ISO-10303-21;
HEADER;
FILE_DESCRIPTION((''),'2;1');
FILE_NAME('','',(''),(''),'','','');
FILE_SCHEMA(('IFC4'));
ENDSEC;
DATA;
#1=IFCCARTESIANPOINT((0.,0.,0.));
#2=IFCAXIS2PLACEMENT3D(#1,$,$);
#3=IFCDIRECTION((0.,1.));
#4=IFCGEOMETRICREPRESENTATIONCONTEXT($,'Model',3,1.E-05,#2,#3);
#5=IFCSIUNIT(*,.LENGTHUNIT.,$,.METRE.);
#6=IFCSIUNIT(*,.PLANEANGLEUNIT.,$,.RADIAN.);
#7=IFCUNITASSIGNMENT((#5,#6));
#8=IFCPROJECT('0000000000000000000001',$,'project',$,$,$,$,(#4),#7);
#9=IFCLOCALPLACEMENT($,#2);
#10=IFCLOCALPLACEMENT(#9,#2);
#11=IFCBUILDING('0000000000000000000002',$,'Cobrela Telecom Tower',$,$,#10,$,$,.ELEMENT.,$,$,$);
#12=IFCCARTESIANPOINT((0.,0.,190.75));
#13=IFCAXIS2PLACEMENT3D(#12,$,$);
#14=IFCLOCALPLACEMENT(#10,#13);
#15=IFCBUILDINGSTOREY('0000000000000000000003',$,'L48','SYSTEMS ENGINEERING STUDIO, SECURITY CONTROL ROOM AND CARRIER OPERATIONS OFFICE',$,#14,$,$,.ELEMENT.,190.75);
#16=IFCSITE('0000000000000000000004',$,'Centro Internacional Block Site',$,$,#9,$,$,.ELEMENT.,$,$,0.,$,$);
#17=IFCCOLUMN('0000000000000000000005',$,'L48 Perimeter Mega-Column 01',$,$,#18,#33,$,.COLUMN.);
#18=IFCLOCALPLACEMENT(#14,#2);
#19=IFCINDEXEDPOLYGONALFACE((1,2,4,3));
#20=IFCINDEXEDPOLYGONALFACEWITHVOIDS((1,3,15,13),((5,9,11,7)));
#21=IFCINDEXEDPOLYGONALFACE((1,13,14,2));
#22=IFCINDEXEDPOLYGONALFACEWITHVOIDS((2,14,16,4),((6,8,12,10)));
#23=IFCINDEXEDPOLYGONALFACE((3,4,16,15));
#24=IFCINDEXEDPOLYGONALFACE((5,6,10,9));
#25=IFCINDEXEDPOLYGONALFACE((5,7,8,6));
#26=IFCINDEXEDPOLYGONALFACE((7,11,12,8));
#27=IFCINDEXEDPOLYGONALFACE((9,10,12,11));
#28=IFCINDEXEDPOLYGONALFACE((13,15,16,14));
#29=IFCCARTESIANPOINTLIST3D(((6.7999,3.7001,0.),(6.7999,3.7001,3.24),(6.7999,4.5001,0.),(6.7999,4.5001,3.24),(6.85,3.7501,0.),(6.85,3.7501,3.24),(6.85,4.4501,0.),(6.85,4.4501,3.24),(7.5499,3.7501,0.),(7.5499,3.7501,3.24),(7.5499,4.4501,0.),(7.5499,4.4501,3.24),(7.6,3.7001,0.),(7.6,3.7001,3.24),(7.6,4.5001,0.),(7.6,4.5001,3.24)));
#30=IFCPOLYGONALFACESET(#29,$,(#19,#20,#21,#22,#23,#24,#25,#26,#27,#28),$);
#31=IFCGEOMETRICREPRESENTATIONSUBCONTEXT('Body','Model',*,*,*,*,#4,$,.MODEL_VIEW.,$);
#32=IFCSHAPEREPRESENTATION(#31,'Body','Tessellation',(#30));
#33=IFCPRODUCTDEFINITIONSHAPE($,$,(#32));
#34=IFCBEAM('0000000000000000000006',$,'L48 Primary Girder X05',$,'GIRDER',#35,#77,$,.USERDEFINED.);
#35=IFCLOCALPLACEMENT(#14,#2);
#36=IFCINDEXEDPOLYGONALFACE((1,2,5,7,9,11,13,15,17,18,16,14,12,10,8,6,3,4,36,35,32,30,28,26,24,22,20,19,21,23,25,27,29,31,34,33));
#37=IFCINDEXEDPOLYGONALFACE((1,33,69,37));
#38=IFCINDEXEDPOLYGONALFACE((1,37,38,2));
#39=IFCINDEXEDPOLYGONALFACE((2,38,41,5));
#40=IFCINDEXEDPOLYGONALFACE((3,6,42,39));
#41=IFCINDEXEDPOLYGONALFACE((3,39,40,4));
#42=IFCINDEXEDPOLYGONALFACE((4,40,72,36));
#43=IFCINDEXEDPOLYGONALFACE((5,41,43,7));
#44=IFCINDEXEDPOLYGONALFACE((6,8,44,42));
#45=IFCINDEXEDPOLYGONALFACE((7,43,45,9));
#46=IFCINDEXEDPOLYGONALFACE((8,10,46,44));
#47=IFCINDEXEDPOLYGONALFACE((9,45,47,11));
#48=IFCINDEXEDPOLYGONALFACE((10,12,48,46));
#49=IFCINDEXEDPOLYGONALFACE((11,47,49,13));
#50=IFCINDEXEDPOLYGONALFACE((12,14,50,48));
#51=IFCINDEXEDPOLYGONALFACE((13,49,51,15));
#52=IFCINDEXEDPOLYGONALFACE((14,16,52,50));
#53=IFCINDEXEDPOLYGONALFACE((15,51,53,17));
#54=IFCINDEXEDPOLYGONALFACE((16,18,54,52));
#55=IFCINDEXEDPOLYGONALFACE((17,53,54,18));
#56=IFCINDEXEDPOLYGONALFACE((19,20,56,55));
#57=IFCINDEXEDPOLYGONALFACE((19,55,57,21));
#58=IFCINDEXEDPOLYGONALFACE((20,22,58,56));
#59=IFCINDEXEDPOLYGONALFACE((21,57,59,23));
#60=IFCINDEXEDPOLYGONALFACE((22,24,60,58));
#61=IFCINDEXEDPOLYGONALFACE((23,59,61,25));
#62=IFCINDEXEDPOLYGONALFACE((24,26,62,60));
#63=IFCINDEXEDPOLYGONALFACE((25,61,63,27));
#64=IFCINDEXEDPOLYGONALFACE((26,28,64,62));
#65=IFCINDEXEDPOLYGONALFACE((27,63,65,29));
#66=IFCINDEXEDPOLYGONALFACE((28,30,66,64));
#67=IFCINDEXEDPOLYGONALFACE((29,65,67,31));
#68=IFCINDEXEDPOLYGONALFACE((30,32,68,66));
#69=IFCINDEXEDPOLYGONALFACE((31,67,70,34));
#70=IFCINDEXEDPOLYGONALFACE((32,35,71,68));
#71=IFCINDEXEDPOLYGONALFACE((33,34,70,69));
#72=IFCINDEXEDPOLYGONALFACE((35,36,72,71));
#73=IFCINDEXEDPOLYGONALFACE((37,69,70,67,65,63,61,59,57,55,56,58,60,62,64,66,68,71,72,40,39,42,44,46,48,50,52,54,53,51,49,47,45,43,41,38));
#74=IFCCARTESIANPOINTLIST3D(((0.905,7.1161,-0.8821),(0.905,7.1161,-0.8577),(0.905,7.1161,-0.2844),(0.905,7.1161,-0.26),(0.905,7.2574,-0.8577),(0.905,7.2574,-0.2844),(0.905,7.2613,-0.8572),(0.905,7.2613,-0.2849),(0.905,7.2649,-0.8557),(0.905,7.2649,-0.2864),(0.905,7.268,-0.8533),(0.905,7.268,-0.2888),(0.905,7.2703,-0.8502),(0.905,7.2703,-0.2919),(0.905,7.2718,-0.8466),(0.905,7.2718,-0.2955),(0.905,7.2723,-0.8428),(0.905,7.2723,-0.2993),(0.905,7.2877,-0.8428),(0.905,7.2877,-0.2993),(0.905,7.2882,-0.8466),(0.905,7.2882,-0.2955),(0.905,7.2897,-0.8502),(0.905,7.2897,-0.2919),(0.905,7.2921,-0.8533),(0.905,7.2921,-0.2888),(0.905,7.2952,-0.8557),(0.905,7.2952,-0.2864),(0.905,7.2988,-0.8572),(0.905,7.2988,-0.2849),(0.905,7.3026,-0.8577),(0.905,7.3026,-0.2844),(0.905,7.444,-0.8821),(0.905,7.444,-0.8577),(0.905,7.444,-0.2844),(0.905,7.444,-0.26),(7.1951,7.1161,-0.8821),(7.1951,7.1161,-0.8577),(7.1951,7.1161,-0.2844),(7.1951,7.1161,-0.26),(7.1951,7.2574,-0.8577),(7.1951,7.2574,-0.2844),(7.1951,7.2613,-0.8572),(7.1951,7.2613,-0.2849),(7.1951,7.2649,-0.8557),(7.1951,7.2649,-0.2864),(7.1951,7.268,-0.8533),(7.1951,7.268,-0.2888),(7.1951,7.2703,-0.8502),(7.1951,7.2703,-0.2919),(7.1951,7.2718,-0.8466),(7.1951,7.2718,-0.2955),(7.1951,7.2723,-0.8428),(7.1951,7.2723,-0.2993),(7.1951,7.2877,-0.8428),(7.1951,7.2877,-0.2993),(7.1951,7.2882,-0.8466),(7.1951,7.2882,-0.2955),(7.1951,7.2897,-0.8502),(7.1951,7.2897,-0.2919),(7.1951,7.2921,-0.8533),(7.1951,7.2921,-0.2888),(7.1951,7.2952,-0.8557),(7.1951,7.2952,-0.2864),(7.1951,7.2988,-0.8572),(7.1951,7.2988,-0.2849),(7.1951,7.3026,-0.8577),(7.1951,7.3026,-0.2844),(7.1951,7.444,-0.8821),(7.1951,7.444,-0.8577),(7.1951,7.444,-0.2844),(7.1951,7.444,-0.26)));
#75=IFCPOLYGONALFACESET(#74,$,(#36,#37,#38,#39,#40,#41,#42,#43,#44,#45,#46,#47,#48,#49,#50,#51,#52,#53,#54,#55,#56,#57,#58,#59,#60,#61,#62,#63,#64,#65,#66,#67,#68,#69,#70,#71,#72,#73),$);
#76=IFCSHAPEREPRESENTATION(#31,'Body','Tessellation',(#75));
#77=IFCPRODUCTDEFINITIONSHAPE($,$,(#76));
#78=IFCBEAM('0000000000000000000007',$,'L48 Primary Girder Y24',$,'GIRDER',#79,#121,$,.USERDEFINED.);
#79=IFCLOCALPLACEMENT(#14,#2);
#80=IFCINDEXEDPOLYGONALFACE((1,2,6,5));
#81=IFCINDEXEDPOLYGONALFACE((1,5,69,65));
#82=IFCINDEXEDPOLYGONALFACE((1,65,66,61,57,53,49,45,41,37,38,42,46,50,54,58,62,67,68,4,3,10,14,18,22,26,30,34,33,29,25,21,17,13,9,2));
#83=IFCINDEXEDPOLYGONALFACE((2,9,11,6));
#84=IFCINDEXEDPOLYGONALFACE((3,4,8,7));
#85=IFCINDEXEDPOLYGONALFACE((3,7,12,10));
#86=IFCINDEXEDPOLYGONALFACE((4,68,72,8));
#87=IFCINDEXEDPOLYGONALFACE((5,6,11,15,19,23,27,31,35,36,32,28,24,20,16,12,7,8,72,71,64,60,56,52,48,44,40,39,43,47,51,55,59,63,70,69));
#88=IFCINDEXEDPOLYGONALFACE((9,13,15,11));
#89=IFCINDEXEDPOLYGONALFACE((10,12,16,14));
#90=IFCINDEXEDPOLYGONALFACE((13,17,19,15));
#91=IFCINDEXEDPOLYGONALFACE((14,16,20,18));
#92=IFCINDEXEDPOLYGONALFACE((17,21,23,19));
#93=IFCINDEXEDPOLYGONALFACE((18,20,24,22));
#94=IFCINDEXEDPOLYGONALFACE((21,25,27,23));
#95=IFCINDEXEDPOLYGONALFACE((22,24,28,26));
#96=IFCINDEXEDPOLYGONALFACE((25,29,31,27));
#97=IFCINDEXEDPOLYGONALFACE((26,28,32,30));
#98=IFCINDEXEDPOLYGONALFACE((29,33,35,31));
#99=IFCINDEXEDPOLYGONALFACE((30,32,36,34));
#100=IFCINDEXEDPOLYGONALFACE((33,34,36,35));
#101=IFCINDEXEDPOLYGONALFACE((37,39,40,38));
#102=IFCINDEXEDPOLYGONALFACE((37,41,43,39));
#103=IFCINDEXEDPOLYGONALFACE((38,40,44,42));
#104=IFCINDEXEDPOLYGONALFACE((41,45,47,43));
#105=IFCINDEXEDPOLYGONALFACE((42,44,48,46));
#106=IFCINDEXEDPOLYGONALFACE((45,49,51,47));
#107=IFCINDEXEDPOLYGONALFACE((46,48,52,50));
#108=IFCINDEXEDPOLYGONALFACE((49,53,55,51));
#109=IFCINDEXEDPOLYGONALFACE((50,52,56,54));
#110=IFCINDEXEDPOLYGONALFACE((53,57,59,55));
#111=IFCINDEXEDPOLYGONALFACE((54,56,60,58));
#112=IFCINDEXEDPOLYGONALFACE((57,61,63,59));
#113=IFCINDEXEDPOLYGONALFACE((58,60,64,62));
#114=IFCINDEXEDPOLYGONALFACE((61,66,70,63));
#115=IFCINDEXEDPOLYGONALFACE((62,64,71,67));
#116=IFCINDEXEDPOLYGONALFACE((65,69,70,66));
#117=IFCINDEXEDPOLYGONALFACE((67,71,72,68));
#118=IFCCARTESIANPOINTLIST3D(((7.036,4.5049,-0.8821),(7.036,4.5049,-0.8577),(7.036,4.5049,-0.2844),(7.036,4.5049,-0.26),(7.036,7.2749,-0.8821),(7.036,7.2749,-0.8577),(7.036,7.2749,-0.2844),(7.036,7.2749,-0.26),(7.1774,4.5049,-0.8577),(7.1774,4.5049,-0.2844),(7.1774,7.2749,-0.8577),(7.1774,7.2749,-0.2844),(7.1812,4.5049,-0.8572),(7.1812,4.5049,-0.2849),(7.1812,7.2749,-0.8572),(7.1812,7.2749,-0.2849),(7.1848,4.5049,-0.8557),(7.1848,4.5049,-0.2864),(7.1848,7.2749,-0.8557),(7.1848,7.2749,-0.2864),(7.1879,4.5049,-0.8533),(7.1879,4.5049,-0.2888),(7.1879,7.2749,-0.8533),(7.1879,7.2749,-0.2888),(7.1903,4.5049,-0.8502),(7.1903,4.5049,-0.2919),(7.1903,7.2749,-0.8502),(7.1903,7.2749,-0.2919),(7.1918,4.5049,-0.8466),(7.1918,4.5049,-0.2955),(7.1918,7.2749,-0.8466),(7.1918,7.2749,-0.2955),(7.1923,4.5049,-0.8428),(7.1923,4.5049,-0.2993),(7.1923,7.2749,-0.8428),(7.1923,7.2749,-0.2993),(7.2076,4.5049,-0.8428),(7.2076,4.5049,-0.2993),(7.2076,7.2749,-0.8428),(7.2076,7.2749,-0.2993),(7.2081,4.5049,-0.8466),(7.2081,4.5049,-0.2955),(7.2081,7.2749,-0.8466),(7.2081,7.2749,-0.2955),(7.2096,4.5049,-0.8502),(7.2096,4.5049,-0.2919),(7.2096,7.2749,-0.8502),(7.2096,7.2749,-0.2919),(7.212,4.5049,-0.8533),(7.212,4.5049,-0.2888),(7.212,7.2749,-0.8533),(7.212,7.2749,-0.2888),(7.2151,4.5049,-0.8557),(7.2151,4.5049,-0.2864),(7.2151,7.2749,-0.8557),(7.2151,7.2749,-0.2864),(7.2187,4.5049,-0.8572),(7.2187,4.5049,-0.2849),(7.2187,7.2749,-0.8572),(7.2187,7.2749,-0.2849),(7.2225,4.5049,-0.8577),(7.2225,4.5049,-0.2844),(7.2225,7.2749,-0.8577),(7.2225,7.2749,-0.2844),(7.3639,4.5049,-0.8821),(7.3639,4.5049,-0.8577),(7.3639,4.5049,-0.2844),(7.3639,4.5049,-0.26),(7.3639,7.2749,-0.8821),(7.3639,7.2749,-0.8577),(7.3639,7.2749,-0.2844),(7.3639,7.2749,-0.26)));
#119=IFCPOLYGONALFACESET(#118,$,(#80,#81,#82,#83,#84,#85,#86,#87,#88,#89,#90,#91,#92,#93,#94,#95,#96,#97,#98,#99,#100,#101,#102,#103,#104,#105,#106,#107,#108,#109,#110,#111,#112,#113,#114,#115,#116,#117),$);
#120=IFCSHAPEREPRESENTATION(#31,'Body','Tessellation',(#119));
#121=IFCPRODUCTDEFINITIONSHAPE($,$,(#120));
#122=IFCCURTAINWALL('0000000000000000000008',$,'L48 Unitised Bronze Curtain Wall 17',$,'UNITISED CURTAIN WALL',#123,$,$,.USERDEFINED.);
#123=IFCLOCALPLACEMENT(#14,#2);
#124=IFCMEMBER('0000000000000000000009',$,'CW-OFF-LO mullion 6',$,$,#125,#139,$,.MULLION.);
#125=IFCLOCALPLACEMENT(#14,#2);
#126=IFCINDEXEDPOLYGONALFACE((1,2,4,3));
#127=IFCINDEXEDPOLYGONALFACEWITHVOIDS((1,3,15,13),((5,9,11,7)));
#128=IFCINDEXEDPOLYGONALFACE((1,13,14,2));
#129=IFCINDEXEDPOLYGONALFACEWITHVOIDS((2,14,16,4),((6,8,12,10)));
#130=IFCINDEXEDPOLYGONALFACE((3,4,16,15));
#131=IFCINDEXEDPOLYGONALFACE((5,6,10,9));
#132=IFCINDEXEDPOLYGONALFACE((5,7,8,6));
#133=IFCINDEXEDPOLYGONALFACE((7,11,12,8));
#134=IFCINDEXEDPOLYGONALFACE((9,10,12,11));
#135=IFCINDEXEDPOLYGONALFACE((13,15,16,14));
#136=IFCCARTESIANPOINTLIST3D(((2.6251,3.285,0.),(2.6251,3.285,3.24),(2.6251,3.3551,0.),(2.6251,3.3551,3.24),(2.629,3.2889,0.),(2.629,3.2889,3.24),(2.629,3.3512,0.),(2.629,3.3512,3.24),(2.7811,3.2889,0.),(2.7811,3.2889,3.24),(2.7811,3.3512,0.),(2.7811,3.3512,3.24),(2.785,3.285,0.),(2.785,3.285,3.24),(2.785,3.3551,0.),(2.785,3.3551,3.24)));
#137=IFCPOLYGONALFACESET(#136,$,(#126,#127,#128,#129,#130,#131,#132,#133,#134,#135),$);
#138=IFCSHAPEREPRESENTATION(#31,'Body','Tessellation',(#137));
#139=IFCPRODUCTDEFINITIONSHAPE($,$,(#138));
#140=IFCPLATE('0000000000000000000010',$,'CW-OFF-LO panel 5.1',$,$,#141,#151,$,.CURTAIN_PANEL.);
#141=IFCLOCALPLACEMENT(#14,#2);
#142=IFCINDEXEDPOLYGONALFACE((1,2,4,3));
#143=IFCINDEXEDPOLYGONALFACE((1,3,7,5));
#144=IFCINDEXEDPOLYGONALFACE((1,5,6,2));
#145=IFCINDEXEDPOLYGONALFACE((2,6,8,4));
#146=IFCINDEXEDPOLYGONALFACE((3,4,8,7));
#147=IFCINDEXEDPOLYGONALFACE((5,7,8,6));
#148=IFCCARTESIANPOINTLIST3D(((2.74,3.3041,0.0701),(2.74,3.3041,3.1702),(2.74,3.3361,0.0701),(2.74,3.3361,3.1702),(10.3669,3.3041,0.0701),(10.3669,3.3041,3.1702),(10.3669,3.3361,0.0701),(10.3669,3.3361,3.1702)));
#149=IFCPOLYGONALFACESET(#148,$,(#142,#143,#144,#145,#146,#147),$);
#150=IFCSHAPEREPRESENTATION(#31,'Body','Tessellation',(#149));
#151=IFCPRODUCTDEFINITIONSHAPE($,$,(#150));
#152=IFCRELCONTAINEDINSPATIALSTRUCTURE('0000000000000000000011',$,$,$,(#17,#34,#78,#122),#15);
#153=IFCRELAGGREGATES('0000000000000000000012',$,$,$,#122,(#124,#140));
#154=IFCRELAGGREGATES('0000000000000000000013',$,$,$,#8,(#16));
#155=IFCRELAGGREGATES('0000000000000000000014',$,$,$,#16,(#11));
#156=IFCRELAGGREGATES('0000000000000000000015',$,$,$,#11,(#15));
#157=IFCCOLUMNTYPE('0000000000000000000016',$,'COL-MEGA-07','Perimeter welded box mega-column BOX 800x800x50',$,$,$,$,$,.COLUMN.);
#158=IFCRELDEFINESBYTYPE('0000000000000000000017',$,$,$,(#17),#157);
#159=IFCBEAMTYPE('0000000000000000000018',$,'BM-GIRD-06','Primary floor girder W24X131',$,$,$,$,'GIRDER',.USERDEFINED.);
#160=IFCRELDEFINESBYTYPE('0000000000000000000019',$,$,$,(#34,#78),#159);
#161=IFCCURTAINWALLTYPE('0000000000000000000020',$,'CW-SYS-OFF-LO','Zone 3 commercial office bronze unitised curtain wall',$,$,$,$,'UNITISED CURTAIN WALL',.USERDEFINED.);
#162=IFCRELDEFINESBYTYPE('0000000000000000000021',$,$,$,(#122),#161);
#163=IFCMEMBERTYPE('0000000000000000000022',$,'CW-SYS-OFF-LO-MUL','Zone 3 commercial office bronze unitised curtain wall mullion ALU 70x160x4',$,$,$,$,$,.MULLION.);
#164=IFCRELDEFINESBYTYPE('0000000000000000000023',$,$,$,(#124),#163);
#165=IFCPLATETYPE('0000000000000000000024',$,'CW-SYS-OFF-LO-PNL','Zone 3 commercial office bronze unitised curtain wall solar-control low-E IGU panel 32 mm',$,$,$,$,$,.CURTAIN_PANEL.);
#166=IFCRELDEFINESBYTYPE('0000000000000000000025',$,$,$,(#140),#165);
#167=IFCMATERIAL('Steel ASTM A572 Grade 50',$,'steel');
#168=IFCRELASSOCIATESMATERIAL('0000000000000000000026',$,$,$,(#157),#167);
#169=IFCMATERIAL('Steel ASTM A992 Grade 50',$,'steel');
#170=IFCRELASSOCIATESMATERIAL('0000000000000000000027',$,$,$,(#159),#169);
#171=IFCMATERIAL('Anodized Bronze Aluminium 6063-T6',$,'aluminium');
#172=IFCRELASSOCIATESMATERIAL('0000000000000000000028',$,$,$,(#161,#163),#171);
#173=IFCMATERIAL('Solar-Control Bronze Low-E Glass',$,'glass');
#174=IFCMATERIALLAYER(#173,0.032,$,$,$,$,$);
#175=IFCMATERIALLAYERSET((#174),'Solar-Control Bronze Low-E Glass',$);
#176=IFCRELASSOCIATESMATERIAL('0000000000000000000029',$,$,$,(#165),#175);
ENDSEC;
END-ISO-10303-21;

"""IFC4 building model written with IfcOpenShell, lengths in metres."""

from ifc_helpers import new_model, si_unit, direction, frame, origin, origin_2d, place, context, subcontext, project, spatial, rectangle, hollow_rectangle, i_section, extrude, material, layer, layer_set, material_profile, profile_set, type_object, element, aggregate, save


model = new_model("IFC4")

# Units and contexts
model_context = context("Model", 3, precision=1e-05, world=origin(), true_north=direction((0.0, 1.0)))
body_context = subcontext(model_context, "Body", "Model", "MODEL_VIEW")
ifc_project = project(units=[si_unit("LENGTHUNIT", "METRE"), si_unit("PLANEANGLEUNIT", "RADIAN")], contexts=[model_context])

# Site, building, storey
site_placement = place(None, origin())
site = spatial("IfcSite", under=ifc_project, at=site_placement, Name="Centro Internacional Block Site", CompositionType="ELEMENT", RefElevation=0.0)
building_placement = place(site_placement, origin())
building = spatial("IfcBuilding", under=site, at=building_placement, Name="Cobrela Telecom Tower", CompositionType="ELEMENT")
storey_placement = place(building_placement, frame((0.0, 0.0, 190.75)))
storey = spatial("IfcBuildingStorey", under=building, at=storey_placement, Name="L48", Description="SYSTEMS ENGINEERING STUDIO, SECURITY CONTROL ROOM AND CARRIER OPERATIONS OFFICE", CompositionType="ELEMENT", Elevation=190.75)

# Column
ifc_material_1 = material(Name="Steel ASTM A572 Grade 50", Category="steel")
ifc_material_profile_1 = material_profile(ifc_material_1, hollow_rectangle(XDim=0.8, YDim=0.8, WallThickness=0.05, at=origin_2d()), Name="BOX 800x800x50")
ifc_profile_set_1 = profile_set([ifc_material_profile_1], Name="Steel ASTM A572 Grade 50")
column_type = type_object("IfcColumnType", Name="COL-MEGA-07", Description="Perimeter welded box mega-column BOX 800x800x50", PredefinedType="COLUMN", material=ifc_profile_set_1)
column_placement = place(storey_placement, frame((7.2, 4.1001, 0.0), z_axis=(0.0, 0.0, 1.0), x_axis=(1.0, 0.0, 0.0)))
element("IfcColumn", 1, at=column_placement, inside=storey, type_object=column_type, Name="L48 Perimeter Mega-Column 01", PredefinedType="COLUMN", context=body_context, shape_type="SweptSolid", body=[
    extrude(hollow_rectangle(XDim=0.8, YDim=0.8, WallThickness=0.05, at=origin_2d()), origin(), (0.0, 0.0, 1.0), 3.24),
])

# Beams
ifc_material_2 = material(Name="Steel ASTM A992 Grade 50", Category="steel")
ifc_material_profile_2 = material_profile(ifc_material_2, i_section(OverallWidth=0.3279, OverallDepth=0.6221, WebThickness=0.0154, FlangeThickness=0.0244, FilletRadius=0.0149, at=origin_2d()), Name="W24X131")
ifc_profile_set_2 = profile_set([ifc_material_profile_2], Name="Steel ASTM A992 Grade 50")
beam_type = type_object("IfcBeamType", Name="BM-GIRD-06", Description="Primary floor girder W24X131", ElementType="GIRDER", PredefinedType="USERDEFINED", material=ifc_profile_set_2)
beam_1_placement = place(storey_placement, frame((0.905, 7.28, -0.571), z_axis=(1.0, 0.0, 0.0), x_axis=(0.0, 1.0, 0.0)))
element("IfcBeam", 2, at=beam_1_placement, inside=storey, type_object=beam_type, Name="L48 Primary Girder X05", ObjectType="GIRDER", PredefinedType="USERDEFINED", context=body_context, shape_type="SweptSolid", body=[
    extrude(i_section(OverallWidth=0.3279, OverallDepth=0.6221, WebThickness=0.0154, FlangeThickness=0.0244, FilletRadius=0.0149, at=origin_2d()), origin(), (0.0, 0.0, 1.0), 6.29),
])
beam_2_placement = place(storey_placement, frame((7.2, 4.5049, -0.571), z_axis=(0.0, 1.0, 0.0), x_axis=(-1.0, 0.0, 0.0)))
element("IfcBeam", 3, at=beam_2_placement, inside=storey, type_object=beam_type, Name="L48 Primary Girder Y24", ObjectType="GIRDER", PredefinedType="USERDEFINED", context=body_context, shape_type="SweptSolid", body=[
    extrude(i_section(OverallWidth=0.3279, OverallDepth=0.6221, WebThickness=0.0154, FlangeThickness=0.0244, FilletRadius=0.0149, at=origin_2d()), origin(), (0.0, 0.0, 1.0), 2.77),
])

# Curtain wall, member, plate
ifc_material_3 = material(Name="Anodized Bronze Aluminium 6063-T6", Category="aluminium")
curtain_wall_type = type_object("IfcCurtainWallType", Name="CW-SYS-OFF-LO", Description="Zone 3 commercial office bronze unitised curtain wall", ElementType="UNITISED CURTAIN WALL", PredefinedType="USERDEFINED", material=ifc_material_3)
curtain_wall_placement = place(storey_placement, origin())
curtain_wall = element("IfcCurtainWall", 4, at=curtain_wall_placement, inside=storey, type_object=curtain_wall_type, Name="L48 Unitised Bronze Curtain Wall 17", ObjectType="UNITISED CURTAIN WALL", PredefinedType="USERDEFINED")
ifc_material_profile_3 = material_profile(ifc_material_3, hollow_rectangle(XDim=0.0701, YDim=0.1599, WallThickness=0.0039, at=origin_2d()), Name="ALU 70x160x4")
ifc_profile_set_3 = profile_set([ifc_material_profile_3], Name="Anodized Bronze Aluminium 6063-T6")
member_type = type_object("IfcMemberType", Name="CW-SYS-OFF-LO-MUL", Description="Zone 3 commercial office bronze unitised curtain wall mullion ALU 70x160x4", PredefinedType="MULLION", material=ifc_profile_set_3)
member_placement = place(storey_placement, frame((2.7051, 3.3201, 0.0), z_axis=(0.0, 0.0, 1.0), x_axis=(0.0, -1.0, 0.0)))
member = element("IfcMember", 5, at=member_placement, type_object=member_type, Name="CW-OFF-LO mullion 6", PredefinedType="MULLION", context=body_context, shape_type="SweptSolid", body=[
    extrude(hollow_rectangle(XDim=0.0701, YDim=0.1599, WallThickness=0.0039, at=origin_2d()), origin(), (0.0, 0.0, 1.0), 3.24),
])
ifc_material_4 = material(Name="Solar-Control Bronze Low-E Glass", Category="glass")
ifc_layer_1 = layer(ifc_material_4, 0.032)
ifc_layer_set_1 = layer_set([ifc_layer_1], Name="Solar-Control Bronze Low-E Glass")
plate_type = type_object("IfcPlateType", Name="CW-SYS-OFF-LO-PNL", Description="Zone 3 commercial office bronze unitised curtain wall solar-control low-E IGU panel 32 mm", PredefinedType="CURTAIN_PANEL", material=ifc_layer_set_1)
plate_placement = place(storey_placement, frame((6.5535, 3.3201, 0.0701), z_axis=(0.0, 0.0, 1.0), x_axis=(-1.0, 0.0, 0.0)))
plate = element("IfcPlate", 6, at=plate_placement, type_object=plate_type, Name="CW-OFF-LO panel 5.1", PredefinedType="CURTAIN_PANEL", context=body_context, shape_type="SweptSolid", body=[
    extrude(rectangle(XDim=7.627, YDim=0.032, at=origin_2d()), origin(), (0.0, 0.0, 1.0), 3.1001),
])
aggregate(curtain_wall, [member, plate])

save(model, "model.ifc")
